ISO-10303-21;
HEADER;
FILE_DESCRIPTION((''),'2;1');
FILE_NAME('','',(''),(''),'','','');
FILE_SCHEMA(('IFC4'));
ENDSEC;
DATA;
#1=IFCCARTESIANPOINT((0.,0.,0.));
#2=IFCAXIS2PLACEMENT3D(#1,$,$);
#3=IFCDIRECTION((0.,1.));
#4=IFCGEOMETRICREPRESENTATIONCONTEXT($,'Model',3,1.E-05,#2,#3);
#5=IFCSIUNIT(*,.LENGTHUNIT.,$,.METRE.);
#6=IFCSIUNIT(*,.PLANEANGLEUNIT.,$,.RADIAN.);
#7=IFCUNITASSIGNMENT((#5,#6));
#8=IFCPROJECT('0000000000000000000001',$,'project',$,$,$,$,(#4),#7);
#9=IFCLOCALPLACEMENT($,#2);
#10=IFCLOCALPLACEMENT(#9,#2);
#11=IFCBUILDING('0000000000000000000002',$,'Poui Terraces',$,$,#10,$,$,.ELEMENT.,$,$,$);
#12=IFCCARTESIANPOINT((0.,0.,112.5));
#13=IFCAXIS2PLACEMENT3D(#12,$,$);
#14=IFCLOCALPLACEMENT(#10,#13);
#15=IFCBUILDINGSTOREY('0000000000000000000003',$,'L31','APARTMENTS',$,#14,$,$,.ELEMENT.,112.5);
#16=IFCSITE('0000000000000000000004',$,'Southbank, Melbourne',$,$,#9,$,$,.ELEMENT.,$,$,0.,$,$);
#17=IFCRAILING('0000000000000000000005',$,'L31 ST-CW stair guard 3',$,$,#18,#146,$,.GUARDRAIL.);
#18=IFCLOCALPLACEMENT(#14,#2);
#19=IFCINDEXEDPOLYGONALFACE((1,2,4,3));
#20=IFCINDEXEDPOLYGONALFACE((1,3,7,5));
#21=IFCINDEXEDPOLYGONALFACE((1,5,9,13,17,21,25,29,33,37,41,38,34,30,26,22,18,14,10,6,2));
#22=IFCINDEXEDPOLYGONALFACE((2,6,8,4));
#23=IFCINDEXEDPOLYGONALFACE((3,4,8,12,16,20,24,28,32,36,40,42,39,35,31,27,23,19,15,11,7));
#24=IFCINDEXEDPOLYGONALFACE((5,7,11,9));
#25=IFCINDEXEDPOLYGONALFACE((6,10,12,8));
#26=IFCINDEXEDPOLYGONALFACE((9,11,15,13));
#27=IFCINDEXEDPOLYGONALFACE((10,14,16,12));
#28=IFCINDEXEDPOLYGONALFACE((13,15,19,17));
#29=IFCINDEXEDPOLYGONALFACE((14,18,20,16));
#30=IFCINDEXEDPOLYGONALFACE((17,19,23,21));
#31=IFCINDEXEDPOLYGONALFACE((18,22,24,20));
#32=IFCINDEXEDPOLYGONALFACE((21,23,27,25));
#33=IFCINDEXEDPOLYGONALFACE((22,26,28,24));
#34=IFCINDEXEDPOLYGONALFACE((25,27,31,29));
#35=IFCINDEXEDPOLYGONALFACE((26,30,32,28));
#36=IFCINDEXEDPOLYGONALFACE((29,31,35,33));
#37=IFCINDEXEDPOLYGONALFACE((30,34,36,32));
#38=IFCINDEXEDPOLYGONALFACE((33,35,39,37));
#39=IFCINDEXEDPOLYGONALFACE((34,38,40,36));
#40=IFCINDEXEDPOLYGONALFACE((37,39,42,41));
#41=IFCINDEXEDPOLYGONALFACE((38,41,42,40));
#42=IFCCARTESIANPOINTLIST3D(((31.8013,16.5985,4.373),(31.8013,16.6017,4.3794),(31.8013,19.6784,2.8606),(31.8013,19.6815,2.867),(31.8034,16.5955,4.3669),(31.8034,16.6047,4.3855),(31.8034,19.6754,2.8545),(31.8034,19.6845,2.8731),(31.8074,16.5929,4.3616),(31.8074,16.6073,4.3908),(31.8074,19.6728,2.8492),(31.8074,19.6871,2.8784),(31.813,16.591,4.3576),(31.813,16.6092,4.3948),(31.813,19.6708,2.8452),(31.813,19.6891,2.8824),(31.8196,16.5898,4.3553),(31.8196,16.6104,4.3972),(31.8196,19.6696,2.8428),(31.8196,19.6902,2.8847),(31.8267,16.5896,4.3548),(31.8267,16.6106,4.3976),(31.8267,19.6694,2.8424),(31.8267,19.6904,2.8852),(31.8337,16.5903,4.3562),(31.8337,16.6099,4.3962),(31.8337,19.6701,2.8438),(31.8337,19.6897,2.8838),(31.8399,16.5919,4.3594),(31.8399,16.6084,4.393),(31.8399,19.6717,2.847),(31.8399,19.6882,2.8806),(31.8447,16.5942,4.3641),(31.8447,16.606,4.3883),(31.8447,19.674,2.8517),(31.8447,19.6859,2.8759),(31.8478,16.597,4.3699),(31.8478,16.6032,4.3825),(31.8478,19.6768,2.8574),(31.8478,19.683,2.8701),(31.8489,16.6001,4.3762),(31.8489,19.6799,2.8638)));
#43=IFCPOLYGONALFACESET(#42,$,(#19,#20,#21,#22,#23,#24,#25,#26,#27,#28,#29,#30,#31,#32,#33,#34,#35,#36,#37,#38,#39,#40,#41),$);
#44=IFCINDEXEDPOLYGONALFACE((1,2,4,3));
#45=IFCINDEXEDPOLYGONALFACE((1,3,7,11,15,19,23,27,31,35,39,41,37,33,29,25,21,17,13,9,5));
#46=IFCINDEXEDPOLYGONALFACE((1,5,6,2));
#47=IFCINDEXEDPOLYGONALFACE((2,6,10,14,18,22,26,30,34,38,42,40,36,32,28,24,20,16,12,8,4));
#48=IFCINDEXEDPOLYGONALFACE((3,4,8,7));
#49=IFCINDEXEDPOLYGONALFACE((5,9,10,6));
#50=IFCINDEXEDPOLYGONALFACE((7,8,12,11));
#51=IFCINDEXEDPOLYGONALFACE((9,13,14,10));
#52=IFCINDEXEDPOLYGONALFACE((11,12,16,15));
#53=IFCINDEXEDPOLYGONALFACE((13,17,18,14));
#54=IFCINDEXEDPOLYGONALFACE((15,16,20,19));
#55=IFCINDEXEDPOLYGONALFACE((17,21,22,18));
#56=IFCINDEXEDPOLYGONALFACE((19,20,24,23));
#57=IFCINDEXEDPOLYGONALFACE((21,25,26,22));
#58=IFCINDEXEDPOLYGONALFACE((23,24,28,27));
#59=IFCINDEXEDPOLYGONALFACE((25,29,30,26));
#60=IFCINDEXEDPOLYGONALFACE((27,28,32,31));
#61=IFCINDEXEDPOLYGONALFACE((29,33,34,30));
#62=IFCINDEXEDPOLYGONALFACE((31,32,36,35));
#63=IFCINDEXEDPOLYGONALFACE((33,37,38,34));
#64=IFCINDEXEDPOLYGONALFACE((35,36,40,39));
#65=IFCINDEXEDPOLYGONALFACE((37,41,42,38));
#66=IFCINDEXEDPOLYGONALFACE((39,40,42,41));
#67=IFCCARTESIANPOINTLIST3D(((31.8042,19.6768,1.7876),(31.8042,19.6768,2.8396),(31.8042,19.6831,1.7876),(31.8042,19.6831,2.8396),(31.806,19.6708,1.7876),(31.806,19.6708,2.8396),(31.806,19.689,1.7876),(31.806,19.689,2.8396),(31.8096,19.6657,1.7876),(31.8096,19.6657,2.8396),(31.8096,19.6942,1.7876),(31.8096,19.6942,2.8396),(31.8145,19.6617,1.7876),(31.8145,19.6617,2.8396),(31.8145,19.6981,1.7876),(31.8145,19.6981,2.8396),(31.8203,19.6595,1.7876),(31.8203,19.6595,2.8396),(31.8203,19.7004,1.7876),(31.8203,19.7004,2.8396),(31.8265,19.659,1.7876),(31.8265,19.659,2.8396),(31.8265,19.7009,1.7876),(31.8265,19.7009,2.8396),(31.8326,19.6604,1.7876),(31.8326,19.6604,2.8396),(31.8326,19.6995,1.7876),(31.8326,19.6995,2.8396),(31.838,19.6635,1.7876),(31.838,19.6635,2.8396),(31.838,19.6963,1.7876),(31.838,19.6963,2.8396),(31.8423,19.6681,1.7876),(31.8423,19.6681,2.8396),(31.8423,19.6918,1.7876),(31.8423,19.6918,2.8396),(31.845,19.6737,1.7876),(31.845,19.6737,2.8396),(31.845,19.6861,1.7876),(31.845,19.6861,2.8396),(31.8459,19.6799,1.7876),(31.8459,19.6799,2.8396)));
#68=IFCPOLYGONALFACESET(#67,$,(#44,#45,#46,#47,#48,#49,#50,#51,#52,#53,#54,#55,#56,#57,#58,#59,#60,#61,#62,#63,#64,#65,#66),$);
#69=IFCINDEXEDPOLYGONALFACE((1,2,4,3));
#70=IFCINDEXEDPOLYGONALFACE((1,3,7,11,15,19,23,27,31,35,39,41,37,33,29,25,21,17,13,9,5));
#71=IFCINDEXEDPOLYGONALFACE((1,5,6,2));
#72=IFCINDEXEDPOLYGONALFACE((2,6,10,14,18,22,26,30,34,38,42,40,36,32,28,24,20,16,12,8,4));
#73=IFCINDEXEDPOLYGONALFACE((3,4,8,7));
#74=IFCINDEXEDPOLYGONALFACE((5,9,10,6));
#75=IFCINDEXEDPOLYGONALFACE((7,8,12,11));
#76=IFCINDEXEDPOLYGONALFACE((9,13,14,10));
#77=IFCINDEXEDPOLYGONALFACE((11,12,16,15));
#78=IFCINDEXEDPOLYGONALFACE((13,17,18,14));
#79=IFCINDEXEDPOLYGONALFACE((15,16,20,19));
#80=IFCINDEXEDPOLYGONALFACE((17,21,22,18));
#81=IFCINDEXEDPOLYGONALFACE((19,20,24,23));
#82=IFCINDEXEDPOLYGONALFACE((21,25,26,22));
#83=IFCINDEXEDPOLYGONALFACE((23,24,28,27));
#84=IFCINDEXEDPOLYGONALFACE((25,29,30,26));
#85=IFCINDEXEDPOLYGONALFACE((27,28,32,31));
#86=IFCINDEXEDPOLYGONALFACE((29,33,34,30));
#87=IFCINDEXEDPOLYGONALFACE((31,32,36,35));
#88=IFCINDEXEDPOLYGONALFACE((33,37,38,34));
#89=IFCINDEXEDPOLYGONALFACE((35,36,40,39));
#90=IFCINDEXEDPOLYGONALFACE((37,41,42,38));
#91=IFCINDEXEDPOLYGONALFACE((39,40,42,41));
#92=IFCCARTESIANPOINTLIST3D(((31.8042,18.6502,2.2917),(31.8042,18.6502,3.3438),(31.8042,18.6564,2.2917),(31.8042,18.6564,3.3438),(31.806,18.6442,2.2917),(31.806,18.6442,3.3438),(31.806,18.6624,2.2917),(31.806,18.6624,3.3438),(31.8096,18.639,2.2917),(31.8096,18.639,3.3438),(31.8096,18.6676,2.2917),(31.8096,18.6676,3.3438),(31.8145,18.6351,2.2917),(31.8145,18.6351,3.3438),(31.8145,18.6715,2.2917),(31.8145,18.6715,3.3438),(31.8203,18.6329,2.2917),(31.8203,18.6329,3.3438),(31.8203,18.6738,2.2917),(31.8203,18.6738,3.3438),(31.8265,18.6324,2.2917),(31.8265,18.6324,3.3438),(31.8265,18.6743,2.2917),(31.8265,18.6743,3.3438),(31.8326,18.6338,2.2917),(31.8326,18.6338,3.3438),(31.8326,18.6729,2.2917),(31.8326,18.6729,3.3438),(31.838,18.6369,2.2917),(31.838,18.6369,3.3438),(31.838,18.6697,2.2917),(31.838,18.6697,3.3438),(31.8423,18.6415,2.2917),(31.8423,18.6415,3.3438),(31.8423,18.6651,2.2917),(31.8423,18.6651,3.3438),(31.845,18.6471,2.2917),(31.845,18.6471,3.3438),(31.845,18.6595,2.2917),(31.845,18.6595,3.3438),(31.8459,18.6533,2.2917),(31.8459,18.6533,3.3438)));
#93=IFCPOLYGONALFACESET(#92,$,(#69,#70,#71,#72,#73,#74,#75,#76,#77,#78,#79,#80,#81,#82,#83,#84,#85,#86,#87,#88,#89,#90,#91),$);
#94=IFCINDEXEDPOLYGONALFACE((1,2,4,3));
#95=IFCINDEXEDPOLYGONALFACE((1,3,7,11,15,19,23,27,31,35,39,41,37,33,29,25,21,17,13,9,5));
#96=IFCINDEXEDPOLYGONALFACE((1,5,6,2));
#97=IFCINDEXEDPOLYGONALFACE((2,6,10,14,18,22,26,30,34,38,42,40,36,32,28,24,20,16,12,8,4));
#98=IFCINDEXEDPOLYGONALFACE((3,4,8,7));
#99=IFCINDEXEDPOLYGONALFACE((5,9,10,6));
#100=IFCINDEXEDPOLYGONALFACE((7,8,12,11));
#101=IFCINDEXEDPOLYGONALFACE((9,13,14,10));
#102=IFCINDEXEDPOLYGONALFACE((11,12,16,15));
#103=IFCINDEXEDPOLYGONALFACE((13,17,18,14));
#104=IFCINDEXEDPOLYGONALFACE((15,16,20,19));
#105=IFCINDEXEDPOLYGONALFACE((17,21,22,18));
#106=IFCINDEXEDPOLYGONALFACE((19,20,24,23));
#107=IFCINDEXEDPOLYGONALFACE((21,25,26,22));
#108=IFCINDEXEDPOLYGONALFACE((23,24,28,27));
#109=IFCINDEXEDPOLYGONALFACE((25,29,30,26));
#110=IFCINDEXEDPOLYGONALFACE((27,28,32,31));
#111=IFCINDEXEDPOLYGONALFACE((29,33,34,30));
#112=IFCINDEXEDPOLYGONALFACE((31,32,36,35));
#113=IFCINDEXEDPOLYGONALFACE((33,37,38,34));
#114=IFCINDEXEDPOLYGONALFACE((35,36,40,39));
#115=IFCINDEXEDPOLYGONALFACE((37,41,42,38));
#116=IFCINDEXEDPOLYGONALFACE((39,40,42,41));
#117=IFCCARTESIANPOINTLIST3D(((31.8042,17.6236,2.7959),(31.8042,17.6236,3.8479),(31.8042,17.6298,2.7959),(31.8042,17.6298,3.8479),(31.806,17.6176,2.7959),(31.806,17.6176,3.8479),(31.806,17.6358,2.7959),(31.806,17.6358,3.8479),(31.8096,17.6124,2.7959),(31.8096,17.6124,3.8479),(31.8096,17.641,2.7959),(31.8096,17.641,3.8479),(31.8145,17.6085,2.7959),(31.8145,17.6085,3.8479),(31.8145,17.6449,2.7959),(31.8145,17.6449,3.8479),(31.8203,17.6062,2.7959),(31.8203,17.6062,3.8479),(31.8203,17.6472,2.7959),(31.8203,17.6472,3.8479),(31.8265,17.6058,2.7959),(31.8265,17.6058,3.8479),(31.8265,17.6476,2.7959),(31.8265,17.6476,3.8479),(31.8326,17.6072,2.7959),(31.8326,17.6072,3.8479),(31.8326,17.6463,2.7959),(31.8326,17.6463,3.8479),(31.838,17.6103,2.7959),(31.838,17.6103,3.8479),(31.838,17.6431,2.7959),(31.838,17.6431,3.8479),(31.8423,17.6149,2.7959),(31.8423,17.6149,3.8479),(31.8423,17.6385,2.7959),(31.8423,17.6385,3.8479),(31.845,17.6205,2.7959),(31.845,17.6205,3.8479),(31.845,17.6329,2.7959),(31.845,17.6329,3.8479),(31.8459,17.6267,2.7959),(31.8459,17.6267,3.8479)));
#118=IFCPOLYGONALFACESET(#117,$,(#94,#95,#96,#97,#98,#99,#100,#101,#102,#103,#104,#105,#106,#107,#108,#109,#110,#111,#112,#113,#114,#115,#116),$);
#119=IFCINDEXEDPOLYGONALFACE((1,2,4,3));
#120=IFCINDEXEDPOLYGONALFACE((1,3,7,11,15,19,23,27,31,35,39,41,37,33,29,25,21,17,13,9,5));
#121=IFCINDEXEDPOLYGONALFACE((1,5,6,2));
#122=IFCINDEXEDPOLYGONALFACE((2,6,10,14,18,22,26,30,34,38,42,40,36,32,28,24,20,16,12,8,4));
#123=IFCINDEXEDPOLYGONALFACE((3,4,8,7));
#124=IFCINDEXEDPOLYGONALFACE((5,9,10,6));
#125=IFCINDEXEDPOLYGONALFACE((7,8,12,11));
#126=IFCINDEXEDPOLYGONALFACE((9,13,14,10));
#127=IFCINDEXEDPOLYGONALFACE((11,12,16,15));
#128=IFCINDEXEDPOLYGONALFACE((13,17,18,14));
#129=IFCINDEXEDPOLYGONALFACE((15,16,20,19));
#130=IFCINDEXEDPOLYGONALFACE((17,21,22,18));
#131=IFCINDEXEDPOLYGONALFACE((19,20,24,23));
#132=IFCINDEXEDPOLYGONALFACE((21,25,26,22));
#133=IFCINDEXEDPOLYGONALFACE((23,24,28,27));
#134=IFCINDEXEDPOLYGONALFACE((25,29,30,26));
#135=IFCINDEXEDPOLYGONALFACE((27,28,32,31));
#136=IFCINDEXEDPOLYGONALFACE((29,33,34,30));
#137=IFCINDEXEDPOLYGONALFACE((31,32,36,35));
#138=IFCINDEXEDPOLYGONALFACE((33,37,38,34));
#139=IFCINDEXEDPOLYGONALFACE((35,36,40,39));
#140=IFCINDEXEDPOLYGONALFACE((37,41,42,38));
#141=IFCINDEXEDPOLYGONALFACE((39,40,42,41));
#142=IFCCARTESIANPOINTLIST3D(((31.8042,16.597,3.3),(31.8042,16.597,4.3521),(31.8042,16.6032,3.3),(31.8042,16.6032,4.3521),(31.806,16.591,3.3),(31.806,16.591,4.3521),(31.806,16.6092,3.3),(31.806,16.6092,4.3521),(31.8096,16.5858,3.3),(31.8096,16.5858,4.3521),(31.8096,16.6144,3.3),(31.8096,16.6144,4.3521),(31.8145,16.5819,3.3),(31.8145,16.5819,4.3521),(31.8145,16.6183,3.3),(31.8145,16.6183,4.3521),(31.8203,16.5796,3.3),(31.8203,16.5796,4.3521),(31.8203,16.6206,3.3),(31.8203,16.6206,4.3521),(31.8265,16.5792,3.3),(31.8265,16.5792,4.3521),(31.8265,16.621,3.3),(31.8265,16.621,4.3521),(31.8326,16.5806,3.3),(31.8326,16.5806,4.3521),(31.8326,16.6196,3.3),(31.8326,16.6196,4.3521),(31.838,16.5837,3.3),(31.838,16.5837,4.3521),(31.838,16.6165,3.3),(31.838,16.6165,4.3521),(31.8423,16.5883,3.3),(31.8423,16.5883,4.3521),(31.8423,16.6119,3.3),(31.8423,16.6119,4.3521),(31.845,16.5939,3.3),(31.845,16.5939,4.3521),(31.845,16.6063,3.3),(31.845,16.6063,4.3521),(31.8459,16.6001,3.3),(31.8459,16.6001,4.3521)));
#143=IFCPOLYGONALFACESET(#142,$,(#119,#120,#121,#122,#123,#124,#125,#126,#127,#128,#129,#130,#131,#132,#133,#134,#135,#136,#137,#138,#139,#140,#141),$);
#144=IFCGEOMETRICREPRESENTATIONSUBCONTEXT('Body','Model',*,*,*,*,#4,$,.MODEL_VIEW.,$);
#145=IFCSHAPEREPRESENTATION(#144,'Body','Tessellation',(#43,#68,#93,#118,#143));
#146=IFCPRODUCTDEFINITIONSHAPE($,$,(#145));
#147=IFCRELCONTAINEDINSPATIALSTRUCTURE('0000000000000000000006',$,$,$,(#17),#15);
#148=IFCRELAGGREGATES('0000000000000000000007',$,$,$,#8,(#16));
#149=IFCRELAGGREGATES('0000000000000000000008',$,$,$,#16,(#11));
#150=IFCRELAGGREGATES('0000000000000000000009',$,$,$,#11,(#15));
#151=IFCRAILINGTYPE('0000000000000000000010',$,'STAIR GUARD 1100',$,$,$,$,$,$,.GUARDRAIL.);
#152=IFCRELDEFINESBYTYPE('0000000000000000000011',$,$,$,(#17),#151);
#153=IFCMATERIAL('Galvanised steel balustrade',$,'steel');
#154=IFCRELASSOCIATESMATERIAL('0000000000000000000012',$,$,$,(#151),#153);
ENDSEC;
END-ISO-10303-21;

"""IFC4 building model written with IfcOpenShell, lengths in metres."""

from ifc_helpers import new_model, si_unit, direction, frame, origin, origin_2d, place, context, subcontext, project, spatial, circle, extrude, material, type_object, element, save


model = new_model("IFC4")

# Units and contexts
model_context = context("Model", 3, precision=1e-05, world=origin(), true_north=direction((0.0, 1.0)))
body_context = subcontext(model_context, "Body", "Model", "MODEL_VIEW")
ifc_project = project(units=[si_unit("LENGTHUNIT", "METRE"), si_unit("PLANEANGLEUNIT", "RADIAN")], contexts=[model_context])

# Site, building, storey
site_placement = place(None, origin())
site = spatial("IfcSite", under=ifc_project, at=site_placement, Name="Southbank, Melbourne", CompositionType="ELEMENT", RefElevation=0.0)
building_placement = place(site_placement, origin())
building = spatial("IfcBuilding", under=site, at=building_placement, Name="Poui Terraces", CompositionType="ELEMENT")
storey_placement = place(building_placement, frame((0.0, 0.0, 112.5)))
storey = spatial("IfcBuildingStorey", under=building, at=storey_placement, Name="L31", Description="APARTMENTS", CompositionType="ELEMENT", Elevation=112.5)

# Railing
ifc_material_1 = material(Name="Galvanised steel balustrade", Category="steel")
railing_type_1 = type_object("IfcRailingType", Name="STAIR GUARD 1100", PredefinedType="GUARDRAIL", material=ifc_material_1)
railing_1_placement = place(storey_placement, frame((31.825, 19.6799, 1.7876)))
element("IfcRailing", 1, at=railing_1_placement, inside=storey, type_object=railing_type_1, Name="L31 ST-CW stair guard 3", PredefinedType="GUARDRAIL", context=body_context, shape_type="SweptSolid", body=[
    extrude(circle(Radius=0.0239, at=origin_2d()), frame((0.0, 0.0, 1.0762), z_axis=(0.0, -0.897606, 0.440798), x_axis=(1.0, 0.0, 0.0)), (0.0, 0.0, 1.0), 3.4312),
    extrude(circle(Radius=0.021, at=origin_2d()), origin(), (0.0, 0.0, 1.0), 1.052),
    extrude(circle(Radius=0.021, at=origin_2d()), frame((0.0, -1.0266, 0.5042)), (0.0, 0.0, 1.0), 1.052),
    extrude(circle(Radius=0.021, at=origin_2d()), frame((0.0, -2.0532, 1.0083)), (0.0, 0.0, 1.0), 1.052),
    extrude(circle(Radius=0.021, at=origin_2d()), frame((0.0, -3.0798, 1.5125)), (0.0, 0.0, 1.0), 1.052),
])

save(model, "model.ifc")
